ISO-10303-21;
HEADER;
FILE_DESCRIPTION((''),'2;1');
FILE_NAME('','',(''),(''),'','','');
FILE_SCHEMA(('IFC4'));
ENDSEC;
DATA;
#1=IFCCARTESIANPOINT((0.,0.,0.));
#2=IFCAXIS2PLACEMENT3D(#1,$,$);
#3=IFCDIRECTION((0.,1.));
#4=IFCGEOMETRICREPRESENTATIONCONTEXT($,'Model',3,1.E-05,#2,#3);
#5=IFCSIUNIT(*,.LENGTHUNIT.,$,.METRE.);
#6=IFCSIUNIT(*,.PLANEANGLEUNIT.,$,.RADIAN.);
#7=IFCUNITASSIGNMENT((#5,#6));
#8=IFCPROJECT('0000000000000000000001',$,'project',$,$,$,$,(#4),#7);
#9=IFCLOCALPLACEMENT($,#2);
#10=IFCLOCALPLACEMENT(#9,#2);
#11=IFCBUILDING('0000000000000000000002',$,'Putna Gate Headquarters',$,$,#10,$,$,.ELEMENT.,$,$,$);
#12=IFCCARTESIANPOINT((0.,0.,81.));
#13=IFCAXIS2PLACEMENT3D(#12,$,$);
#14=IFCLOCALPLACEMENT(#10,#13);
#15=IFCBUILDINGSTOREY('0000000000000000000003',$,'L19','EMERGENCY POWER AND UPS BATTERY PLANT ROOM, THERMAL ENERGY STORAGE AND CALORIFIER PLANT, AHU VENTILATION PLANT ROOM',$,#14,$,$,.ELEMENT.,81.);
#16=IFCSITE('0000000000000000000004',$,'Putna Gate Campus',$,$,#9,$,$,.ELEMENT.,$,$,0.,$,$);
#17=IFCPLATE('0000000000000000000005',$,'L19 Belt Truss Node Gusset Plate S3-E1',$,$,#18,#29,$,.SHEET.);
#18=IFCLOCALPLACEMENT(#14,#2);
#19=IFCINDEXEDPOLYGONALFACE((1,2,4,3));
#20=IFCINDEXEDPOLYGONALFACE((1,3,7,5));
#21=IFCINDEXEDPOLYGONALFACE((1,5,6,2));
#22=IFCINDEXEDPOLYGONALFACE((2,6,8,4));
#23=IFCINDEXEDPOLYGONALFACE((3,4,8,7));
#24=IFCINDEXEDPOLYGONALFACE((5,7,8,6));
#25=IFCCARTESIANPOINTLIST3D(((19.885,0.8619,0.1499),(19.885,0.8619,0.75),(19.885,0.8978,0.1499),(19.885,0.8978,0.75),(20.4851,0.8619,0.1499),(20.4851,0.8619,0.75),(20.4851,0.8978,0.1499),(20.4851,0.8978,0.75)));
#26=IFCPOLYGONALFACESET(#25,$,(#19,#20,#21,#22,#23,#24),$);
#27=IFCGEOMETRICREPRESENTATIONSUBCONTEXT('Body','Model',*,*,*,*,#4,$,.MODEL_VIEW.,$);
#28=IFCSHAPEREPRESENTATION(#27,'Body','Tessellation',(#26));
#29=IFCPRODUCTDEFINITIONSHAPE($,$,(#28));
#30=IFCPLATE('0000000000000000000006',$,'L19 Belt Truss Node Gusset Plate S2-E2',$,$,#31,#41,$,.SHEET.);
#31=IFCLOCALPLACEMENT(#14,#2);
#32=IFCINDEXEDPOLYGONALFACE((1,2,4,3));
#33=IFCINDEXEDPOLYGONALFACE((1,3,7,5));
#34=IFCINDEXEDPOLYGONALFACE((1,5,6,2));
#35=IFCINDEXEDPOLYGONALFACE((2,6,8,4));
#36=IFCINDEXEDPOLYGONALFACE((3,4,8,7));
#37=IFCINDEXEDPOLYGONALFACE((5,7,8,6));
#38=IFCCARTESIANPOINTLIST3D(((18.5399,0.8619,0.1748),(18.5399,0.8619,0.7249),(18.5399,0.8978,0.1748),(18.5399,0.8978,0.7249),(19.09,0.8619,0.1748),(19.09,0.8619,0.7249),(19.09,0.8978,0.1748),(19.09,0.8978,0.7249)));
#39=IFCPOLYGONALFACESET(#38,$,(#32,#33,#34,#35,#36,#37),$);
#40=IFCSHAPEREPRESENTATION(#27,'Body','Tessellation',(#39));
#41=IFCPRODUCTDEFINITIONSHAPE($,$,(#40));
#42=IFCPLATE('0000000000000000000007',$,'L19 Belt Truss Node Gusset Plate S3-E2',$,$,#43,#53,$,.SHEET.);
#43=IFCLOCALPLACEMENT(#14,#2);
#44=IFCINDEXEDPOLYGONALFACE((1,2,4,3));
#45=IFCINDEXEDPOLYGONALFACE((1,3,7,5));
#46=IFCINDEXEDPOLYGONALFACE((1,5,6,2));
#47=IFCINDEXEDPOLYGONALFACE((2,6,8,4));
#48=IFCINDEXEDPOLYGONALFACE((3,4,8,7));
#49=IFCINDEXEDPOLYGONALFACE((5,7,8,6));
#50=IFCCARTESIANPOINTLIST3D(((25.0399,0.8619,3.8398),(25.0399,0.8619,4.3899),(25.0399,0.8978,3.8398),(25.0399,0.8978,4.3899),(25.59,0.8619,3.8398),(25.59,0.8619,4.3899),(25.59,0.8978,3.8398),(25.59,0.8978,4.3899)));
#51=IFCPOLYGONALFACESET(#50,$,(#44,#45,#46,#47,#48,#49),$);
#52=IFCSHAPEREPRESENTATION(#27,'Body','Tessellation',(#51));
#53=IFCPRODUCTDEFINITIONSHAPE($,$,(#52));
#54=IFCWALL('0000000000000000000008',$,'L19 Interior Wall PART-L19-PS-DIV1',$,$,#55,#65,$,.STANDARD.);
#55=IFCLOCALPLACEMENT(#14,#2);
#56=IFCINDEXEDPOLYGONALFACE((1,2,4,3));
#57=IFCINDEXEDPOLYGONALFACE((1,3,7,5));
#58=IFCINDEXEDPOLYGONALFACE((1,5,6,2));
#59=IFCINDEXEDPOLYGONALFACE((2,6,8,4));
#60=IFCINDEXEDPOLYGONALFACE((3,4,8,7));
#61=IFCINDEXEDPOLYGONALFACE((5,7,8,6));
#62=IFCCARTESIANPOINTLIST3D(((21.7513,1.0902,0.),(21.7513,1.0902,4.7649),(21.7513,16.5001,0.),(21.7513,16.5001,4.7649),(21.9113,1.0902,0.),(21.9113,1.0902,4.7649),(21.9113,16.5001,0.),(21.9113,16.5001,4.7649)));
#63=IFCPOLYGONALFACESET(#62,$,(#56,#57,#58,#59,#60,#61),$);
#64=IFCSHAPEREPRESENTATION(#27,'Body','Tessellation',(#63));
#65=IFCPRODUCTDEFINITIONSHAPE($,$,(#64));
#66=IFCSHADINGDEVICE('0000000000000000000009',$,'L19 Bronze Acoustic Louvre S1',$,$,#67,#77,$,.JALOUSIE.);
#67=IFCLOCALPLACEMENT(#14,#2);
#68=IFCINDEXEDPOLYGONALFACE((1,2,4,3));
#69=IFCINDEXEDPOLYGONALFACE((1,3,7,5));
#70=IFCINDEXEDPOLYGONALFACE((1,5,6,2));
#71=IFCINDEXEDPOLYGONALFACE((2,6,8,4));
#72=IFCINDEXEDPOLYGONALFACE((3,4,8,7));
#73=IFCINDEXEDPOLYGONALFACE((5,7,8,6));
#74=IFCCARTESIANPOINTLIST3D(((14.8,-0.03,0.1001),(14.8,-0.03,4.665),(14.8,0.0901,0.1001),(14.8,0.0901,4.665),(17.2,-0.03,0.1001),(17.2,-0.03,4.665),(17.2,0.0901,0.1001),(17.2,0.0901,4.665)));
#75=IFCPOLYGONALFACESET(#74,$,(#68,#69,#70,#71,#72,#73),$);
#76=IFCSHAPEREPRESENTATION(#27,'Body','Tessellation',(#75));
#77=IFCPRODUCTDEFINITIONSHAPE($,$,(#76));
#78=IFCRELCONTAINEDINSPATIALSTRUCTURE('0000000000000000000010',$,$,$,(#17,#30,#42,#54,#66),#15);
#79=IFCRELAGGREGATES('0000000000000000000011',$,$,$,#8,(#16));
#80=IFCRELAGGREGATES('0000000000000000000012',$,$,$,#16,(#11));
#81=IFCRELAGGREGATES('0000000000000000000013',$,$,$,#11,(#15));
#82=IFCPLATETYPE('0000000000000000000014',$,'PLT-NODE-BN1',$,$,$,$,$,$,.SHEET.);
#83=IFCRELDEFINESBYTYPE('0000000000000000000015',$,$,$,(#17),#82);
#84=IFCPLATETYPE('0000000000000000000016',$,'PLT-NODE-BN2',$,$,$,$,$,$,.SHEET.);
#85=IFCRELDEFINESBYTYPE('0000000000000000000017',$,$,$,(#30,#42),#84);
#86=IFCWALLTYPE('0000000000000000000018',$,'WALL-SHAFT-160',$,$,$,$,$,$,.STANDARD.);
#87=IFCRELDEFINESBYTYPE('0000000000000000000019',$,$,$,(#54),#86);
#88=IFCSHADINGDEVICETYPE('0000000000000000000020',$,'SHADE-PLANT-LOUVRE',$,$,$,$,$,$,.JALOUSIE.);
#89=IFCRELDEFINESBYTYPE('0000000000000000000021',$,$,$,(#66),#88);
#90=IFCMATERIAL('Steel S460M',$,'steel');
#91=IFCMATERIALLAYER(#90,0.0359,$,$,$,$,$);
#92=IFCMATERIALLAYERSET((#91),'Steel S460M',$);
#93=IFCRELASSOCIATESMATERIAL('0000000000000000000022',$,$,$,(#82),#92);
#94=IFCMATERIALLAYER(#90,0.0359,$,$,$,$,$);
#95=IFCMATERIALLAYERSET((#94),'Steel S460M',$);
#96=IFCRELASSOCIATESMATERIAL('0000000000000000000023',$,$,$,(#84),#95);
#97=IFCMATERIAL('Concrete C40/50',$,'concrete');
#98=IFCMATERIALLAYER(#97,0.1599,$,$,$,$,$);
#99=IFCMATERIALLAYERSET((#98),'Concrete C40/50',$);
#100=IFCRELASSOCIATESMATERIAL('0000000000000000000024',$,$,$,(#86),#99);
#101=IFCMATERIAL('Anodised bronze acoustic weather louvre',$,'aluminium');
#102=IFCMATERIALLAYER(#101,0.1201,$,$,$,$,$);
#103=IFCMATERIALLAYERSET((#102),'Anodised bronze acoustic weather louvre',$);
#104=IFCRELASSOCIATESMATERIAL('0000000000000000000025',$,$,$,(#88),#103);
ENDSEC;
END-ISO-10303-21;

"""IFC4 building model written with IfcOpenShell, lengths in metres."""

from ifc_helpers import new_model, si_unit, direction, frame, frame_2d, origin, origin_2d, place, context, subcontext, project, spatial, rectangle, extrude, material, layer, layer_set, type_object, element, save


model = new_model("IFC4")

# Units and contexts
model_context = context("Model", 3, precision=1e-05, world=origin(), true_north=direction((0.0, 1.0)))
body_context = subcontext(model_context, "Body", "Model", "MODEL_VIEW")
ifc_project = project(units=[si_unit("LENGTHUNIT", "METRE"), si_unit("PLANEANGLEUNIT", "RADIAN")], contexts=[model_context])

# Site, building, storey
site_placement = place(None, origin())
site = spatial("IfcSite", under=ifc_project, at=site_placement, Name="Putna Gate Campus", CompositionType="ELEMENT", RefElevation=0.0)
building_placement = place(site_placement, origin())
building = spatial("IfcBuilding", under=site, at=building_placement, Name="Putna Gate Headquarters", CompositionType="ELEMENT")
storey_placement = place(building_placement, frame((0.0, 0.0, 81.0)))
storey = spatial("IfcBuildingStorey", under=building, at=storey_placement, Name="L19", Description="EMERGENCY POWER AND UPS BATTERY PLANT ROOM, THERMAL ENERGY STORAGE AND CALORIFIER PLANT, AHU VENTILATION PLANT ROOM", CompositionType="ELEMENT", Elevation=81.0)

# Shared definitions
ifc_material_1 = material(Name="Steel S460M", Category="steel")

# Plates
ifc_layer_1 = layer(ifc_material_1, 0.0359)
ifc_layer_set_1 = layer_set([ifc_layer_1], Name="Steel S460M")
plate_type_1 = type_object("IfcPlateType", Name="PLT-NODE-BN1", PredefinedType="SHEET", material=ifc_layer_set_1)
plate_1_placement = place(storey_placement, frame((20.1851, 0.8799, 0.1499), z_axis=(0.0, 0.0, 1.0), x_axis=(1.0, 0.0, 0.0)))
element("IfcPlate", 1, at=plate_1_placement, inside=storey, type_object=plate_type_1, Name="L19 Belt Truss Node Gusset Plate S3-E1", PredefinedType="SHEET", context=body_context, shape_type="SweptSolid", body=[
    extrude(rectangle(XDim=0.6001, YDim=0.0359, at=origin_2d()), origin(), (0.0, 0.0, 1.0), 0.6001),
])
ifc_layer_2 = layer(ifc_material_1, 0.0359)
ifc_layer_set_2 = layer_set([ifc_layer_2], Name="Steel S460M")
plate_type_2 = type_object("IfcPlateType", Name="PLT-NODE-BN2", PredefinedType="SHEET", material=ifc_layer_set_2)
for number, where, z_axis, x_axis, name in (
    (2, (18.8149, 0.8799, 0.1748), (0.0, 0.0, 1.0), (1.0, 0.0, 0.0), "L19 Belt Truss Node Gusset Plate S2-E2"),
    (3, (25.3149, 0.8799, 3.8398), (0.0, 0.0, 1.0), (1.0, 0.0, 0.0), "L19 Belt Truss Node Gusset Plate S3-E2"),
):
    element("IfcPlate", number, at=place(storey_placement, frame(where, z_axis=z_axis, x_axis=x_axis)), inside=storey, type_object=plate_type_2, Name=name, PredefinedType="SHEET", context=body_context, shape_type="SweptSolid", body=[
        extrude(rectangle(XDim=0.55, YDim=0.0359, at=origin_2d()), origin(), (0.0, 0.0, 1.0), 0.55),
    ])

# Wall
ifc_material_2 = material(Name="Concrete C40/50", Category="concrete")
ifc_layer_3 = layer(ifc_material_2, 0.1599)
ifc_layer_set_3 = layer_set([ifc_layer_3], Name="Concrete C40/50")
wall_type = type_object("IfcWallType", Name="WALL-SHAFT-160", PredefinedType="STANDARD", material=ifc_layer_set_3)
wall_placement = place(storey_placement, frame((21.8313, 1.0901, 0.0), z_axis=(0.0, 0.0, 1.0), x_axis=(0.0, 1.0, 0.0)))
element("IfcWall", 4, at=wall_placement, inside=storey, type_object=wall_type, Name="L19 Interior Wall PART-L19-PS-DIV1", PredefinedType="STANDARD", context=body_context, shape_type="SweptSolid", body=[
    extrude(rectangle(XDim=15.4099, YDim=0.1599, at=frame_2d((7.7051, 0.0))), origin(), (0.0, 0.0, 1.0), 4.7649),
])

# Shading device
ifc_material_3 = material(Name="Anodised bronze acoustic weather louvre", Category="aluminium")
ifc_layer_4 = layer(ifc_material_3, 0.1201)
ifc_layer_set_4 = layer_set([ifc_layer_4], Name="Anodised bronze acoustic weather louvre")
shading_device_type = type_object("IfcShadingDeviceType", Name="SHADE-PLANT-LOUVRE", PredefinedType="JALOUSIE", material=ifc_layer_set_4)
shading_device_placement = place(storey_placement, frame((16.0, 0.03, 0.1001), z_axis=(0.0, 0.0, 1.0), x_axis=(1.0, 0.0, 0.0)))
element("IfcShadingDevice", 5, at=shading_device_placement, inside=storey, type_object=shading_device_type, Name="L19 Bronze Acoustic Louvre S1", PredefinedType="JALOUSIE", context=body_context, shape_type="SweptSolid", body=[
    extrude(rectangle(XDim=2.3999, YDim=0.1201, at=origin_2d()), origin(), (0.0, 0.0, 1.0), 4.5649),
])

save(model, "model.ifc")
